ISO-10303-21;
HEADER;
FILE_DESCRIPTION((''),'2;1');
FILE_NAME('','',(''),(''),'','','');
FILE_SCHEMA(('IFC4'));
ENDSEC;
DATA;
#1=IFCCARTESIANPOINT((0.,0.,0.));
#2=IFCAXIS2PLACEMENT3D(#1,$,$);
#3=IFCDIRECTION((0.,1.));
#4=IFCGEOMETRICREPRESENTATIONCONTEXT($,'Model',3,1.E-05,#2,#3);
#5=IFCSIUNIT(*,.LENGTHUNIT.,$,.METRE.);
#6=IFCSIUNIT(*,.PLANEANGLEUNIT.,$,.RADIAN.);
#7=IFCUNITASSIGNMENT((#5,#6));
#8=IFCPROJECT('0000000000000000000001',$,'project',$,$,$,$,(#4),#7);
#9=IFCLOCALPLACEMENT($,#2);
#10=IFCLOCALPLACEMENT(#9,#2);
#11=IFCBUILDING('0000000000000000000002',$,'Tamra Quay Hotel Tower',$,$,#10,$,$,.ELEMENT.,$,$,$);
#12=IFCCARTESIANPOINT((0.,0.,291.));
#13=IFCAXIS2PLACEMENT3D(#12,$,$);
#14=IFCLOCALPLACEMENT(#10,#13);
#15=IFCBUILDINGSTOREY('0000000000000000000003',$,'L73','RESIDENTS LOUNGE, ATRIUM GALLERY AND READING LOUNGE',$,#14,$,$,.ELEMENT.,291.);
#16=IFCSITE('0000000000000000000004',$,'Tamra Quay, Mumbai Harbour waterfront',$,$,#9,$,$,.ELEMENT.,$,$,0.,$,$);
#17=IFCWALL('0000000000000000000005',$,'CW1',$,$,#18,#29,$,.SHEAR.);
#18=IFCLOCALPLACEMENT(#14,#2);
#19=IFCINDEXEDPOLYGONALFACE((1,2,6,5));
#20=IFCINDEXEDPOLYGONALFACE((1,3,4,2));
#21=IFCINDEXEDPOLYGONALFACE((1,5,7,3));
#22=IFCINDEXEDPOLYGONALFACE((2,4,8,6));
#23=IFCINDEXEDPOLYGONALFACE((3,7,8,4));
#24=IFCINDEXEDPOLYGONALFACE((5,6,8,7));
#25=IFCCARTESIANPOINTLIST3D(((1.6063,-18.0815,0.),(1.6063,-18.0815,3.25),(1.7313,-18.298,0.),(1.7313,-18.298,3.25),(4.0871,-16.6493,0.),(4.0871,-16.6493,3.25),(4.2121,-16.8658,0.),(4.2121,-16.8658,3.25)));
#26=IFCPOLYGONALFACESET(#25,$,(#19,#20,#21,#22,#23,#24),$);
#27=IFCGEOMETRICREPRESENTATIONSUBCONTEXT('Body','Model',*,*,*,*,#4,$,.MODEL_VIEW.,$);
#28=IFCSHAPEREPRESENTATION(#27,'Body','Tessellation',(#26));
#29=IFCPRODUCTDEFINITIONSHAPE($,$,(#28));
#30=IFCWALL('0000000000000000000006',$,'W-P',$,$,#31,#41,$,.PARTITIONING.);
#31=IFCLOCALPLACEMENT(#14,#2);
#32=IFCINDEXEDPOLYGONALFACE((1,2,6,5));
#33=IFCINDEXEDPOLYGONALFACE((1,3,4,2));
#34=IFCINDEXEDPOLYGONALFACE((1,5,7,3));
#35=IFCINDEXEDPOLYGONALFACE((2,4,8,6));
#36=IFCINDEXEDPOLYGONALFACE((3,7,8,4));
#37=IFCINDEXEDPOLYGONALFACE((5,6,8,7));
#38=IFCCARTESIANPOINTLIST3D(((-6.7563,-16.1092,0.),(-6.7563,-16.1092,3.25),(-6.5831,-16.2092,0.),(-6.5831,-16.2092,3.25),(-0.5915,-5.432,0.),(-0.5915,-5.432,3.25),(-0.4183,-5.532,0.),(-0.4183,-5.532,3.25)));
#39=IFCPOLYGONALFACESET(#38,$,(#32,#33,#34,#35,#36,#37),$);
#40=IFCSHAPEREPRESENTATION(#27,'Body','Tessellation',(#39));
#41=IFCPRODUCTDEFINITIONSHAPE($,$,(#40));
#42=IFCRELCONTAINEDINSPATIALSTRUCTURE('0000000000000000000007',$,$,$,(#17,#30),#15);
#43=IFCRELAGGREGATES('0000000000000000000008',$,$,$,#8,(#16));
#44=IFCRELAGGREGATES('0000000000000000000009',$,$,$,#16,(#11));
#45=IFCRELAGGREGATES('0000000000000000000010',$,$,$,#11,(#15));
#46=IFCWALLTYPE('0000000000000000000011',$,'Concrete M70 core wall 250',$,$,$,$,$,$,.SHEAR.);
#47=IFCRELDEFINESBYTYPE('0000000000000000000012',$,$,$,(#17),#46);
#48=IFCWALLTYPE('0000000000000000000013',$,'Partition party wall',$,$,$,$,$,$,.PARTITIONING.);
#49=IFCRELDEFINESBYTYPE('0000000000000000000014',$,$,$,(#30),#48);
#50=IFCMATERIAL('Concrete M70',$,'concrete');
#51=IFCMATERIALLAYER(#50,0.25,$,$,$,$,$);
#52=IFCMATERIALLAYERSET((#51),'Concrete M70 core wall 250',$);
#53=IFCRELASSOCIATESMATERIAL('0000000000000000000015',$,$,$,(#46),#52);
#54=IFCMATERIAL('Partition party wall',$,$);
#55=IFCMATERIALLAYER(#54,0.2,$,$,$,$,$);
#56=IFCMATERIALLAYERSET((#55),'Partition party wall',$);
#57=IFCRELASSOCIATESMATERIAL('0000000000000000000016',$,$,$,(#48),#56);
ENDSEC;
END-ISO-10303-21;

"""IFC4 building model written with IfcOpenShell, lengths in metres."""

from ifc_helpers import new_model, si_unit, direction, frame, frame_2d, origin, place, context, subcontext, project, spatial, rectangle, extrude, material, layer, layer_set, type_object, element, save


model = new_model("IFC4")

# Units and contexts
model_context = context("Model", 3, precision=1e-05, world=origin(), true_north=direction((0.0, 1.0)))
body_context = subcontext(model_context, "Body", "Model", "MODEL_VIEW")
ifc_project = project(units=[si_unit("LENGTHUNIT", "METRE"), si_unit("PLANEANGLEUNIT", "RADIAN")], contexts=[model_context])

# Site, building, storey
site_placement = place(None, origin())
site = spatial("IfcSite", under=ifc_project, at=site_placement, Name="Tamra Quay, Mumbai Harbour waterfront", CompositionType="ELEMENT", RefElevation=0.0)
building_placement = place(site_placement, origin())
building = spatial("IfcBuilding", under=site, at=building_placement, Name="Tamra Quay Hotel Tower", CompositionType="ELEMENT")
storey_placement = place(building_placement, frame((0.0, 0.0, 291.0)))
storey = spatial("IfcBuildingStorey", under=building, at=storey_placement, Name="L73", Description="RESIDENTS LOUNGE, ATRIUM GALLERY AND READING LOUNGE", CompositionType="ELEMENT", Elevation=291.0)

# Shared definitions
ifc_material_1 = material(Name="Concrete M70", Category="concrete")

# Walls
ifc_layer_1 = layer(ifc_material_1, 0.25)
ifc_layer_set_1 = layer_set([ifc_layer_1], Name="Concrete M70 core wall 250")
wall_type_1 = type_object("IfcWallType", Name="Concrete M70 core wall 250", PredefinedType="SHEAR", material=ifc_layer_set_1)
wall_1_placement = place(storey_placement, frame((1.6689, -18.1897, 0.0), z_axis=(0.0, 0.0, 1.0), x_axis=(0.866042, 0.499971, 0.0)))
element("IfcWall", 1, at=wall_1_placement, inside=storey, type_object=wall_type_1, Name="CW1", PredefinedType="SHEAR", context=body_context, shape_type="SweptSolid", body=[
    extrude(rectangle(XDim=2.8645, YDim=0.25, at=frame_2d((1.4321, 0.0))), origin(), (0.0, 0.0, 1.0), 3.25),
])
ifc_material_2 = material(Name="Partition party wall")
ifc_layer_2 = layer(ifc_material_2, 0.2)
ifc_layer_set_2 = layer_set([ifc_layer_2], Name="Partition party wall")
wall_type_2 = type_object("IfcWallType", Name="Partition party wall", PredefinedType="PARTITIONING", material=ifc_layer_set_2)
wall_2_placement = place(storey_placement, frame((-6.6697, -16.1592, 0.0), z_axis=(0.0, 0.0, 1.0), x_axis=(0.500017, 0.866015, 0.0)))
element("IfcWall", 2, at=wall_2_placement, inside=storey, type_object=wall_type_2, Name="W-P", PredefinedType="PARTITIONING", context=body_context, shape_type="SweptSolid", body=[
    extrude(rectangle(XDim=12.3291, YDim=0.2, at=frame_2d((6.1646, 0.0))), origin(), (0.0, 0.0, 1.0), 3.25),
])

save(model, "model.ifc")
